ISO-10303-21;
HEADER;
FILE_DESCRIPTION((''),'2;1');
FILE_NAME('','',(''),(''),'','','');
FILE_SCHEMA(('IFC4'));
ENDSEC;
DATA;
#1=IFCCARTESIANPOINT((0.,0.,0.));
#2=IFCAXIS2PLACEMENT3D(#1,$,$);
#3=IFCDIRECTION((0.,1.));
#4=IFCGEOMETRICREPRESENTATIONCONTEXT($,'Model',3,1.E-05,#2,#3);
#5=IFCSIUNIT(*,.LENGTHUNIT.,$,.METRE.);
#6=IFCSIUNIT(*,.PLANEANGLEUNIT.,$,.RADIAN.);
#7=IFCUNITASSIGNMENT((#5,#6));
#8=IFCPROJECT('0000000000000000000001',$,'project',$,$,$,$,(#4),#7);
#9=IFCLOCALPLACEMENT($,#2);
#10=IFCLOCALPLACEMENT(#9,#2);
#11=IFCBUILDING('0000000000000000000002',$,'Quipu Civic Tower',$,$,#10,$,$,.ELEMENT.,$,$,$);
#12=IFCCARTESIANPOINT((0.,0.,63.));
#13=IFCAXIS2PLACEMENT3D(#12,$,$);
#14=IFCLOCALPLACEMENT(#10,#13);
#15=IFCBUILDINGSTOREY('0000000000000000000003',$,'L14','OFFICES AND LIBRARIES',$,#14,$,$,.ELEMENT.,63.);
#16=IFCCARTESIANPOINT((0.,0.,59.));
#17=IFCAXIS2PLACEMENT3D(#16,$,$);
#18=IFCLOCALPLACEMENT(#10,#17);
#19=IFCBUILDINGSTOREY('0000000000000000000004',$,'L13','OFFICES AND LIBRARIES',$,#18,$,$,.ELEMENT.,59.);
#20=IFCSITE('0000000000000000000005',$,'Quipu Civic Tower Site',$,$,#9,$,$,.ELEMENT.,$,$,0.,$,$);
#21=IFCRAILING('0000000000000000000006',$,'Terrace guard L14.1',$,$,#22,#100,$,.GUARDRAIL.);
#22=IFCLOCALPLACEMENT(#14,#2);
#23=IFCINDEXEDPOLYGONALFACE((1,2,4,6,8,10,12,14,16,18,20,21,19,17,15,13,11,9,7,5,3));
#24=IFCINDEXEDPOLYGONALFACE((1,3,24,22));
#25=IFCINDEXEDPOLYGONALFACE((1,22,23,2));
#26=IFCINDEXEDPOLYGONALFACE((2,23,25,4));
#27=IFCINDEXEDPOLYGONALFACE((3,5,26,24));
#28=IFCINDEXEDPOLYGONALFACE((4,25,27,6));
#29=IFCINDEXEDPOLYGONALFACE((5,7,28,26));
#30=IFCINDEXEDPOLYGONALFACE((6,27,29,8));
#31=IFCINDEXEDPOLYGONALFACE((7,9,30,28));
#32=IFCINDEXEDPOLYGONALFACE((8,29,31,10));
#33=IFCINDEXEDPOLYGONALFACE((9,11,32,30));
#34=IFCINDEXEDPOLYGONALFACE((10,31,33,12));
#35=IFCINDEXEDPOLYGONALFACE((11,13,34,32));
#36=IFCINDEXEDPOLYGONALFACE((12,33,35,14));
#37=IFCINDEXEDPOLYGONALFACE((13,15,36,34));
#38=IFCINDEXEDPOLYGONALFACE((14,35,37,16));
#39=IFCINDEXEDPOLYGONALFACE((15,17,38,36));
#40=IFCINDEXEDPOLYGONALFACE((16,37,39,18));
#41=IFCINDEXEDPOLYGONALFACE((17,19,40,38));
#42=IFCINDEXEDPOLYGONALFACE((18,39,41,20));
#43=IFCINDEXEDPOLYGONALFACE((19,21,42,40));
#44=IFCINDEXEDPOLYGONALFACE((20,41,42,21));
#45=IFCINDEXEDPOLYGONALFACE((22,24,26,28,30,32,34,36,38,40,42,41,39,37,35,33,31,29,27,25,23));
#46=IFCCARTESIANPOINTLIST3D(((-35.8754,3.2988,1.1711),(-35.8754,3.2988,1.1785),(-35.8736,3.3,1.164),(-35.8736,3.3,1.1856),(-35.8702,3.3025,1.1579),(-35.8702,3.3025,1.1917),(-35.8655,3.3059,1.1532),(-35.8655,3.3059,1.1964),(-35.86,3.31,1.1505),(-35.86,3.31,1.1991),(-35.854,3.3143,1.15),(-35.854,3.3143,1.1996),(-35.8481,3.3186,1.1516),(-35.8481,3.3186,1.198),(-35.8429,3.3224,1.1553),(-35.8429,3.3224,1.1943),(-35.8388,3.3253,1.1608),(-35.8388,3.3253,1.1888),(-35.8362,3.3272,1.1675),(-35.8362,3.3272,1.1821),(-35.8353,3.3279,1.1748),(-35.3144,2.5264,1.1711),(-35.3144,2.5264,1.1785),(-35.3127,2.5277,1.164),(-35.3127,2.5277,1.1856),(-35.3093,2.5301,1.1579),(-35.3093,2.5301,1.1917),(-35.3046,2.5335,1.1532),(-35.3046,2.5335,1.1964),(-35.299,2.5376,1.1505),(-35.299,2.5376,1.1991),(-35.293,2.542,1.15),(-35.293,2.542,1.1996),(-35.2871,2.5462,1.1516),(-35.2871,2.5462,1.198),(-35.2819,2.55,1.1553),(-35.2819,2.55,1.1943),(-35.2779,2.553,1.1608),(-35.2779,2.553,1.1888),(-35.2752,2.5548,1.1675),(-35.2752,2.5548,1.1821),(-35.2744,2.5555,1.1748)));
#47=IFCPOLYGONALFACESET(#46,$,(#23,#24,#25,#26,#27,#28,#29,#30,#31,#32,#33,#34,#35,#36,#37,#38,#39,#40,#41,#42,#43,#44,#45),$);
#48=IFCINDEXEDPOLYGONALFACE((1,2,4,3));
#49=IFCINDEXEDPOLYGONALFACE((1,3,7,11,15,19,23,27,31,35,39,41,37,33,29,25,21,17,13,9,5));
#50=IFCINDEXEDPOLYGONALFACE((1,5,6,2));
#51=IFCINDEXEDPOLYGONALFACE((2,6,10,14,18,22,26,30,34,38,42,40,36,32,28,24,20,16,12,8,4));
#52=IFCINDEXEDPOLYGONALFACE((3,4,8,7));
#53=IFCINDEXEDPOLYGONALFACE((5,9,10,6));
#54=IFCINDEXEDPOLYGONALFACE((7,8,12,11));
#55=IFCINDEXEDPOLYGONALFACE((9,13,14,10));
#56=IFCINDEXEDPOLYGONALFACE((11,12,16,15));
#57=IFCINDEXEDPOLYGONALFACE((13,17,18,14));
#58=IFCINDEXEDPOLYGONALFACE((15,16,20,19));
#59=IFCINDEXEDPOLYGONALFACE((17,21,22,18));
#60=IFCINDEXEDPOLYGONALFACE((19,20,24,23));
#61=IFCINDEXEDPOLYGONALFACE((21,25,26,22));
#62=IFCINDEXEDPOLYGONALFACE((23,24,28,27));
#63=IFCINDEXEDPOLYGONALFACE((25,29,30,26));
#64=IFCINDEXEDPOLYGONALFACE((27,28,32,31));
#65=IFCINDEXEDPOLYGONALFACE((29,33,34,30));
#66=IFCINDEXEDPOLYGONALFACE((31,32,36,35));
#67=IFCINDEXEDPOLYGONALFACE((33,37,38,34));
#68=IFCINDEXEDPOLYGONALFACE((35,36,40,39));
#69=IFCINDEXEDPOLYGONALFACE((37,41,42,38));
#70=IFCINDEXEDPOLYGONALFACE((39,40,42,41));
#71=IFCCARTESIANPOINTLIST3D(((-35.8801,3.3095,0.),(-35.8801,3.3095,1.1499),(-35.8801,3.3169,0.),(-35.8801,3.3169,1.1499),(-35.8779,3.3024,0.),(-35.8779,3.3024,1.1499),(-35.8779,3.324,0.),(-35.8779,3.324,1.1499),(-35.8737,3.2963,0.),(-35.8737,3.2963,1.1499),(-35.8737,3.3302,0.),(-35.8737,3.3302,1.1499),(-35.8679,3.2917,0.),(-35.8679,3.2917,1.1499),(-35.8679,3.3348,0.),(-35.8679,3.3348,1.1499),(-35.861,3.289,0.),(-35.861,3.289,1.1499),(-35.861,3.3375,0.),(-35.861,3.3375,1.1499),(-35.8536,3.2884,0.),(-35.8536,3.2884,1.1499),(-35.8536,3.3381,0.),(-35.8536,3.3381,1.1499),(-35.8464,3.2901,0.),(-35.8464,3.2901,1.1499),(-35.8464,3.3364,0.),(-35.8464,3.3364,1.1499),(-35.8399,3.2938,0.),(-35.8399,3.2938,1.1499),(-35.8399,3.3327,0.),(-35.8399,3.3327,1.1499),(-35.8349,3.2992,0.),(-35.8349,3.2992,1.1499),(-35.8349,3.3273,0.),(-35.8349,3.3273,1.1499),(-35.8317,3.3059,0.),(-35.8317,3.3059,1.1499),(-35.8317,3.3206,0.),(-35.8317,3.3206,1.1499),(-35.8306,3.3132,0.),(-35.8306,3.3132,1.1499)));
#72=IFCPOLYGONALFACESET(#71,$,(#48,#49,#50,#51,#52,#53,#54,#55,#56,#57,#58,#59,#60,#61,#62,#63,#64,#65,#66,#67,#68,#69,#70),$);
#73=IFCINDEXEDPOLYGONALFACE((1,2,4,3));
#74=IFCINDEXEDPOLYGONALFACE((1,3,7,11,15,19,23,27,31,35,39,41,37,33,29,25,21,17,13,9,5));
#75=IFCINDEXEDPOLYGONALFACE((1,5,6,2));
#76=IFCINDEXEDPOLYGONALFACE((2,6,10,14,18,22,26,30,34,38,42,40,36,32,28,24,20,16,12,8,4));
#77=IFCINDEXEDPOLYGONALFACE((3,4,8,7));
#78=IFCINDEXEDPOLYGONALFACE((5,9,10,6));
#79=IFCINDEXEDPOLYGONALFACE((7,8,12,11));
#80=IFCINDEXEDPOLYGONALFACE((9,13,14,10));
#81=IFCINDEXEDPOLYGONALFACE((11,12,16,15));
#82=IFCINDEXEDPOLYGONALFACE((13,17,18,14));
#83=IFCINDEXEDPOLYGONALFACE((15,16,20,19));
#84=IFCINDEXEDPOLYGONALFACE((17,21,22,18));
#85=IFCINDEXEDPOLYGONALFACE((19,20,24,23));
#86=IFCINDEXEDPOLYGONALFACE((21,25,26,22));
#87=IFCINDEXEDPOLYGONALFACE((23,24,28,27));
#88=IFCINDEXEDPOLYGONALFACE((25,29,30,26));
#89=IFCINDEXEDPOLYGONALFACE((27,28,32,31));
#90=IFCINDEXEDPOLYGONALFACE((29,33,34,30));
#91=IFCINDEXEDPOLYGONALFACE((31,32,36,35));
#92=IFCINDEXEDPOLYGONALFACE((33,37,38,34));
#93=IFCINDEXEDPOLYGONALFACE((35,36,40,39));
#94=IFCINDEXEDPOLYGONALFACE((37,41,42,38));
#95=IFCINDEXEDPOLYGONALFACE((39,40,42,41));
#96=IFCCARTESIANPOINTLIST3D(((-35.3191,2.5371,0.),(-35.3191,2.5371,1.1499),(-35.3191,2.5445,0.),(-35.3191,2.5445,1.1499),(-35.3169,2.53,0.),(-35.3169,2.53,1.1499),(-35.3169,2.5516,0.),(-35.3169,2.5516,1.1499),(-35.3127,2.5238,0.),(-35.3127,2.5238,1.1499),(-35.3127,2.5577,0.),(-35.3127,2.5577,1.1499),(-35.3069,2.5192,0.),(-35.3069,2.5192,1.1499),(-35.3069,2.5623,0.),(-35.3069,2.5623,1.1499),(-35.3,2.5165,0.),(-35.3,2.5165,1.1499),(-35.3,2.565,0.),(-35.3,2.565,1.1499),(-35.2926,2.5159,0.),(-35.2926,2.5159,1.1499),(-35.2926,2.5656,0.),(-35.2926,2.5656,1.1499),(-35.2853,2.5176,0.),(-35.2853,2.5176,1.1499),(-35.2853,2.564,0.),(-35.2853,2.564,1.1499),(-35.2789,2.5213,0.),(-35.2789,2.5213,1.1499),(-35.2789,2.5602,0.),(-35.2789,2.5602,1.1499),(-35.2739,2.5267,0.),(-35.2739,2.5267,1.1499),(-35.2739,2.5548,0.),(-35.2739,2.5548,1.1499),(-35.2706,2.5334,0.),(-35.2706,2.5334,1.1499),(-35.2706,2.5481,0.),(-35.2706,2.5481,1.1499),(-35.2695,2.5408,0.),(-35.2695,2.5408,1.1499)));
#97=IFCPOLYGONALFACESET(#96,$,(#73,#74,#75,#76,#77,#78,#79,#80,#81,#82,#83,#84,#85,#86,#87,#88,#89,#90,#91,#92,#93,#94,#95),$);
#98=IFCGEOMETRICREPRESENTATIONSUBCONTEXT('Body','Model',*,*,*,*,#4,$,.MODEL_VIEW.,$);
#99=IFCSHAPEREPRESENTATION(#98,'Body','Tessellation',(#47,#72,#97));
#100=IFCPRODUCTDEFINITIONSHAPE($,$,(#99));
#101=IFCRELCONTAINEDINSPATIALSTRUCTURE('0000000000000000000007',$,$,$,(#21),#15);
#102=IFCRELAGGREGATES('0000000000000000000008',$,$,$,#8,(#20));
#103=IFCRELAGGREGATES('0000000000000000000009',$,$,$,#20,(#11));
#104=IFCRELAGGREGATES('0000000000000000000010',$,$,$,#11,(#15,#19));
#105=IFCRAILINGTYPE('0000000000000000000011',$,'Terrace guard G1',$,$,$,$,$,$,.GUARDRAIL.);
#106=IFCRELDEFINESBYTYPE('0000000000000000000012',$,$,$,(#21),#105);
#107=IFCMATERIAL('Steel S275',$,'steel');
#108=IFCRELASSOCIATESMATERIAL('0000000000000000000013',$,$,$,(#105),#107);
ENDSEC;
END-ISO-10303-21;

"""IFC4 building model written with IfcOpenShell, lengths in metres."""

from ifc_helpers import new_model, si_unit, direction, frame, origin, origin_2d, place, context, subcontext, project, spatial, circle, extrude, material, type_object, element, save


model = new_model("IFC4")

# Units and contexts
model_context = context("Model", 3, precision=1e-05, world=origin(), true_north=direction((0.0, 1.0)))
body_context = subcontext(model_context, "Body", "Model", "MODEL_VIEW")
ifc_project = project(units=[si_unit("LENGTHUNIT", "METRE"), si_unit("PLANEANGLEUNIT", "RADIAN")], contexts=[model_context])

# Site, building, storey
site_placement = place(None, origin())
site = spatial("IfcSite", under=ifc_project, at=site_placement, Name="Quipu Civic Tower Site", CompositionType="ELEMENT", RefElevation=0.0)
building_placement = place(site_placement, origin())
building = spatial("IfcBuilding", under=site, at=building_placement, Name="Quipu Civic Tower", CompositionType="ELEMENT")
storey_1_placement = place(building_placement, frame((0.0, 0.0, 63.0)))
storey_1 = spatial("IfcBuildingStorey", under=building, at=storey_1_placement, Name="L14", Description="OFFICES AND LIBRARIES", CompositionType="ELEMENT", Elevation=63.0)

# Shared definitions
storey_2_placement = place(building_placement, frame((0.0, 0.0, 59.0)))
storey_2 = spatial("IfcBuildingStorey", under=building, at=storey_2_placement, Name="L13", Description="OFFICES AND LIBRARIES", CompositionType="ELEMENT", Elevation=59.0)

# Railing
ifc_material_1 = material(Name="Steel S275", Category="steel")
railing_type = type_object("IfcRailingType", Name="Terrace guard G1", PredefinedType="GUARDRAIL", material=ifc_material_1)
railing_placement = place(storey_1_placement, frame((-35.8555, 3.3132, 0.0)))
element("IfcRailing", 1, at=railing_placement, inside=storey_1, type_object=railing_type, Name="Terrace guard L14.1", PredefinedType="GUARDRAIL", context=body_context, shape_type="SweptSolid", body=[
    extrude(circle(Radius=0.0249, at=origin_2d()), frame((0.0, 0.0, 1.1748), z_axis=(0.587655, -0.809112, 0.0), x_axis=(0.809112, 0.587655, 0.0)), (0.0, 0.0, 1.0), 0.9546),
    extrude(circle(Radius=0.0249, at=origin_2d()), origin(), (0.0, 0.0, 1.0), 1.1499),
    extrude(circle(Radius=0.0249, at=origin_2d()), frame((0.561, -0.7725, 0.0)), (0.0, 0.0, 1.0), 1.1499),
])

save(model, "model.ifc")
